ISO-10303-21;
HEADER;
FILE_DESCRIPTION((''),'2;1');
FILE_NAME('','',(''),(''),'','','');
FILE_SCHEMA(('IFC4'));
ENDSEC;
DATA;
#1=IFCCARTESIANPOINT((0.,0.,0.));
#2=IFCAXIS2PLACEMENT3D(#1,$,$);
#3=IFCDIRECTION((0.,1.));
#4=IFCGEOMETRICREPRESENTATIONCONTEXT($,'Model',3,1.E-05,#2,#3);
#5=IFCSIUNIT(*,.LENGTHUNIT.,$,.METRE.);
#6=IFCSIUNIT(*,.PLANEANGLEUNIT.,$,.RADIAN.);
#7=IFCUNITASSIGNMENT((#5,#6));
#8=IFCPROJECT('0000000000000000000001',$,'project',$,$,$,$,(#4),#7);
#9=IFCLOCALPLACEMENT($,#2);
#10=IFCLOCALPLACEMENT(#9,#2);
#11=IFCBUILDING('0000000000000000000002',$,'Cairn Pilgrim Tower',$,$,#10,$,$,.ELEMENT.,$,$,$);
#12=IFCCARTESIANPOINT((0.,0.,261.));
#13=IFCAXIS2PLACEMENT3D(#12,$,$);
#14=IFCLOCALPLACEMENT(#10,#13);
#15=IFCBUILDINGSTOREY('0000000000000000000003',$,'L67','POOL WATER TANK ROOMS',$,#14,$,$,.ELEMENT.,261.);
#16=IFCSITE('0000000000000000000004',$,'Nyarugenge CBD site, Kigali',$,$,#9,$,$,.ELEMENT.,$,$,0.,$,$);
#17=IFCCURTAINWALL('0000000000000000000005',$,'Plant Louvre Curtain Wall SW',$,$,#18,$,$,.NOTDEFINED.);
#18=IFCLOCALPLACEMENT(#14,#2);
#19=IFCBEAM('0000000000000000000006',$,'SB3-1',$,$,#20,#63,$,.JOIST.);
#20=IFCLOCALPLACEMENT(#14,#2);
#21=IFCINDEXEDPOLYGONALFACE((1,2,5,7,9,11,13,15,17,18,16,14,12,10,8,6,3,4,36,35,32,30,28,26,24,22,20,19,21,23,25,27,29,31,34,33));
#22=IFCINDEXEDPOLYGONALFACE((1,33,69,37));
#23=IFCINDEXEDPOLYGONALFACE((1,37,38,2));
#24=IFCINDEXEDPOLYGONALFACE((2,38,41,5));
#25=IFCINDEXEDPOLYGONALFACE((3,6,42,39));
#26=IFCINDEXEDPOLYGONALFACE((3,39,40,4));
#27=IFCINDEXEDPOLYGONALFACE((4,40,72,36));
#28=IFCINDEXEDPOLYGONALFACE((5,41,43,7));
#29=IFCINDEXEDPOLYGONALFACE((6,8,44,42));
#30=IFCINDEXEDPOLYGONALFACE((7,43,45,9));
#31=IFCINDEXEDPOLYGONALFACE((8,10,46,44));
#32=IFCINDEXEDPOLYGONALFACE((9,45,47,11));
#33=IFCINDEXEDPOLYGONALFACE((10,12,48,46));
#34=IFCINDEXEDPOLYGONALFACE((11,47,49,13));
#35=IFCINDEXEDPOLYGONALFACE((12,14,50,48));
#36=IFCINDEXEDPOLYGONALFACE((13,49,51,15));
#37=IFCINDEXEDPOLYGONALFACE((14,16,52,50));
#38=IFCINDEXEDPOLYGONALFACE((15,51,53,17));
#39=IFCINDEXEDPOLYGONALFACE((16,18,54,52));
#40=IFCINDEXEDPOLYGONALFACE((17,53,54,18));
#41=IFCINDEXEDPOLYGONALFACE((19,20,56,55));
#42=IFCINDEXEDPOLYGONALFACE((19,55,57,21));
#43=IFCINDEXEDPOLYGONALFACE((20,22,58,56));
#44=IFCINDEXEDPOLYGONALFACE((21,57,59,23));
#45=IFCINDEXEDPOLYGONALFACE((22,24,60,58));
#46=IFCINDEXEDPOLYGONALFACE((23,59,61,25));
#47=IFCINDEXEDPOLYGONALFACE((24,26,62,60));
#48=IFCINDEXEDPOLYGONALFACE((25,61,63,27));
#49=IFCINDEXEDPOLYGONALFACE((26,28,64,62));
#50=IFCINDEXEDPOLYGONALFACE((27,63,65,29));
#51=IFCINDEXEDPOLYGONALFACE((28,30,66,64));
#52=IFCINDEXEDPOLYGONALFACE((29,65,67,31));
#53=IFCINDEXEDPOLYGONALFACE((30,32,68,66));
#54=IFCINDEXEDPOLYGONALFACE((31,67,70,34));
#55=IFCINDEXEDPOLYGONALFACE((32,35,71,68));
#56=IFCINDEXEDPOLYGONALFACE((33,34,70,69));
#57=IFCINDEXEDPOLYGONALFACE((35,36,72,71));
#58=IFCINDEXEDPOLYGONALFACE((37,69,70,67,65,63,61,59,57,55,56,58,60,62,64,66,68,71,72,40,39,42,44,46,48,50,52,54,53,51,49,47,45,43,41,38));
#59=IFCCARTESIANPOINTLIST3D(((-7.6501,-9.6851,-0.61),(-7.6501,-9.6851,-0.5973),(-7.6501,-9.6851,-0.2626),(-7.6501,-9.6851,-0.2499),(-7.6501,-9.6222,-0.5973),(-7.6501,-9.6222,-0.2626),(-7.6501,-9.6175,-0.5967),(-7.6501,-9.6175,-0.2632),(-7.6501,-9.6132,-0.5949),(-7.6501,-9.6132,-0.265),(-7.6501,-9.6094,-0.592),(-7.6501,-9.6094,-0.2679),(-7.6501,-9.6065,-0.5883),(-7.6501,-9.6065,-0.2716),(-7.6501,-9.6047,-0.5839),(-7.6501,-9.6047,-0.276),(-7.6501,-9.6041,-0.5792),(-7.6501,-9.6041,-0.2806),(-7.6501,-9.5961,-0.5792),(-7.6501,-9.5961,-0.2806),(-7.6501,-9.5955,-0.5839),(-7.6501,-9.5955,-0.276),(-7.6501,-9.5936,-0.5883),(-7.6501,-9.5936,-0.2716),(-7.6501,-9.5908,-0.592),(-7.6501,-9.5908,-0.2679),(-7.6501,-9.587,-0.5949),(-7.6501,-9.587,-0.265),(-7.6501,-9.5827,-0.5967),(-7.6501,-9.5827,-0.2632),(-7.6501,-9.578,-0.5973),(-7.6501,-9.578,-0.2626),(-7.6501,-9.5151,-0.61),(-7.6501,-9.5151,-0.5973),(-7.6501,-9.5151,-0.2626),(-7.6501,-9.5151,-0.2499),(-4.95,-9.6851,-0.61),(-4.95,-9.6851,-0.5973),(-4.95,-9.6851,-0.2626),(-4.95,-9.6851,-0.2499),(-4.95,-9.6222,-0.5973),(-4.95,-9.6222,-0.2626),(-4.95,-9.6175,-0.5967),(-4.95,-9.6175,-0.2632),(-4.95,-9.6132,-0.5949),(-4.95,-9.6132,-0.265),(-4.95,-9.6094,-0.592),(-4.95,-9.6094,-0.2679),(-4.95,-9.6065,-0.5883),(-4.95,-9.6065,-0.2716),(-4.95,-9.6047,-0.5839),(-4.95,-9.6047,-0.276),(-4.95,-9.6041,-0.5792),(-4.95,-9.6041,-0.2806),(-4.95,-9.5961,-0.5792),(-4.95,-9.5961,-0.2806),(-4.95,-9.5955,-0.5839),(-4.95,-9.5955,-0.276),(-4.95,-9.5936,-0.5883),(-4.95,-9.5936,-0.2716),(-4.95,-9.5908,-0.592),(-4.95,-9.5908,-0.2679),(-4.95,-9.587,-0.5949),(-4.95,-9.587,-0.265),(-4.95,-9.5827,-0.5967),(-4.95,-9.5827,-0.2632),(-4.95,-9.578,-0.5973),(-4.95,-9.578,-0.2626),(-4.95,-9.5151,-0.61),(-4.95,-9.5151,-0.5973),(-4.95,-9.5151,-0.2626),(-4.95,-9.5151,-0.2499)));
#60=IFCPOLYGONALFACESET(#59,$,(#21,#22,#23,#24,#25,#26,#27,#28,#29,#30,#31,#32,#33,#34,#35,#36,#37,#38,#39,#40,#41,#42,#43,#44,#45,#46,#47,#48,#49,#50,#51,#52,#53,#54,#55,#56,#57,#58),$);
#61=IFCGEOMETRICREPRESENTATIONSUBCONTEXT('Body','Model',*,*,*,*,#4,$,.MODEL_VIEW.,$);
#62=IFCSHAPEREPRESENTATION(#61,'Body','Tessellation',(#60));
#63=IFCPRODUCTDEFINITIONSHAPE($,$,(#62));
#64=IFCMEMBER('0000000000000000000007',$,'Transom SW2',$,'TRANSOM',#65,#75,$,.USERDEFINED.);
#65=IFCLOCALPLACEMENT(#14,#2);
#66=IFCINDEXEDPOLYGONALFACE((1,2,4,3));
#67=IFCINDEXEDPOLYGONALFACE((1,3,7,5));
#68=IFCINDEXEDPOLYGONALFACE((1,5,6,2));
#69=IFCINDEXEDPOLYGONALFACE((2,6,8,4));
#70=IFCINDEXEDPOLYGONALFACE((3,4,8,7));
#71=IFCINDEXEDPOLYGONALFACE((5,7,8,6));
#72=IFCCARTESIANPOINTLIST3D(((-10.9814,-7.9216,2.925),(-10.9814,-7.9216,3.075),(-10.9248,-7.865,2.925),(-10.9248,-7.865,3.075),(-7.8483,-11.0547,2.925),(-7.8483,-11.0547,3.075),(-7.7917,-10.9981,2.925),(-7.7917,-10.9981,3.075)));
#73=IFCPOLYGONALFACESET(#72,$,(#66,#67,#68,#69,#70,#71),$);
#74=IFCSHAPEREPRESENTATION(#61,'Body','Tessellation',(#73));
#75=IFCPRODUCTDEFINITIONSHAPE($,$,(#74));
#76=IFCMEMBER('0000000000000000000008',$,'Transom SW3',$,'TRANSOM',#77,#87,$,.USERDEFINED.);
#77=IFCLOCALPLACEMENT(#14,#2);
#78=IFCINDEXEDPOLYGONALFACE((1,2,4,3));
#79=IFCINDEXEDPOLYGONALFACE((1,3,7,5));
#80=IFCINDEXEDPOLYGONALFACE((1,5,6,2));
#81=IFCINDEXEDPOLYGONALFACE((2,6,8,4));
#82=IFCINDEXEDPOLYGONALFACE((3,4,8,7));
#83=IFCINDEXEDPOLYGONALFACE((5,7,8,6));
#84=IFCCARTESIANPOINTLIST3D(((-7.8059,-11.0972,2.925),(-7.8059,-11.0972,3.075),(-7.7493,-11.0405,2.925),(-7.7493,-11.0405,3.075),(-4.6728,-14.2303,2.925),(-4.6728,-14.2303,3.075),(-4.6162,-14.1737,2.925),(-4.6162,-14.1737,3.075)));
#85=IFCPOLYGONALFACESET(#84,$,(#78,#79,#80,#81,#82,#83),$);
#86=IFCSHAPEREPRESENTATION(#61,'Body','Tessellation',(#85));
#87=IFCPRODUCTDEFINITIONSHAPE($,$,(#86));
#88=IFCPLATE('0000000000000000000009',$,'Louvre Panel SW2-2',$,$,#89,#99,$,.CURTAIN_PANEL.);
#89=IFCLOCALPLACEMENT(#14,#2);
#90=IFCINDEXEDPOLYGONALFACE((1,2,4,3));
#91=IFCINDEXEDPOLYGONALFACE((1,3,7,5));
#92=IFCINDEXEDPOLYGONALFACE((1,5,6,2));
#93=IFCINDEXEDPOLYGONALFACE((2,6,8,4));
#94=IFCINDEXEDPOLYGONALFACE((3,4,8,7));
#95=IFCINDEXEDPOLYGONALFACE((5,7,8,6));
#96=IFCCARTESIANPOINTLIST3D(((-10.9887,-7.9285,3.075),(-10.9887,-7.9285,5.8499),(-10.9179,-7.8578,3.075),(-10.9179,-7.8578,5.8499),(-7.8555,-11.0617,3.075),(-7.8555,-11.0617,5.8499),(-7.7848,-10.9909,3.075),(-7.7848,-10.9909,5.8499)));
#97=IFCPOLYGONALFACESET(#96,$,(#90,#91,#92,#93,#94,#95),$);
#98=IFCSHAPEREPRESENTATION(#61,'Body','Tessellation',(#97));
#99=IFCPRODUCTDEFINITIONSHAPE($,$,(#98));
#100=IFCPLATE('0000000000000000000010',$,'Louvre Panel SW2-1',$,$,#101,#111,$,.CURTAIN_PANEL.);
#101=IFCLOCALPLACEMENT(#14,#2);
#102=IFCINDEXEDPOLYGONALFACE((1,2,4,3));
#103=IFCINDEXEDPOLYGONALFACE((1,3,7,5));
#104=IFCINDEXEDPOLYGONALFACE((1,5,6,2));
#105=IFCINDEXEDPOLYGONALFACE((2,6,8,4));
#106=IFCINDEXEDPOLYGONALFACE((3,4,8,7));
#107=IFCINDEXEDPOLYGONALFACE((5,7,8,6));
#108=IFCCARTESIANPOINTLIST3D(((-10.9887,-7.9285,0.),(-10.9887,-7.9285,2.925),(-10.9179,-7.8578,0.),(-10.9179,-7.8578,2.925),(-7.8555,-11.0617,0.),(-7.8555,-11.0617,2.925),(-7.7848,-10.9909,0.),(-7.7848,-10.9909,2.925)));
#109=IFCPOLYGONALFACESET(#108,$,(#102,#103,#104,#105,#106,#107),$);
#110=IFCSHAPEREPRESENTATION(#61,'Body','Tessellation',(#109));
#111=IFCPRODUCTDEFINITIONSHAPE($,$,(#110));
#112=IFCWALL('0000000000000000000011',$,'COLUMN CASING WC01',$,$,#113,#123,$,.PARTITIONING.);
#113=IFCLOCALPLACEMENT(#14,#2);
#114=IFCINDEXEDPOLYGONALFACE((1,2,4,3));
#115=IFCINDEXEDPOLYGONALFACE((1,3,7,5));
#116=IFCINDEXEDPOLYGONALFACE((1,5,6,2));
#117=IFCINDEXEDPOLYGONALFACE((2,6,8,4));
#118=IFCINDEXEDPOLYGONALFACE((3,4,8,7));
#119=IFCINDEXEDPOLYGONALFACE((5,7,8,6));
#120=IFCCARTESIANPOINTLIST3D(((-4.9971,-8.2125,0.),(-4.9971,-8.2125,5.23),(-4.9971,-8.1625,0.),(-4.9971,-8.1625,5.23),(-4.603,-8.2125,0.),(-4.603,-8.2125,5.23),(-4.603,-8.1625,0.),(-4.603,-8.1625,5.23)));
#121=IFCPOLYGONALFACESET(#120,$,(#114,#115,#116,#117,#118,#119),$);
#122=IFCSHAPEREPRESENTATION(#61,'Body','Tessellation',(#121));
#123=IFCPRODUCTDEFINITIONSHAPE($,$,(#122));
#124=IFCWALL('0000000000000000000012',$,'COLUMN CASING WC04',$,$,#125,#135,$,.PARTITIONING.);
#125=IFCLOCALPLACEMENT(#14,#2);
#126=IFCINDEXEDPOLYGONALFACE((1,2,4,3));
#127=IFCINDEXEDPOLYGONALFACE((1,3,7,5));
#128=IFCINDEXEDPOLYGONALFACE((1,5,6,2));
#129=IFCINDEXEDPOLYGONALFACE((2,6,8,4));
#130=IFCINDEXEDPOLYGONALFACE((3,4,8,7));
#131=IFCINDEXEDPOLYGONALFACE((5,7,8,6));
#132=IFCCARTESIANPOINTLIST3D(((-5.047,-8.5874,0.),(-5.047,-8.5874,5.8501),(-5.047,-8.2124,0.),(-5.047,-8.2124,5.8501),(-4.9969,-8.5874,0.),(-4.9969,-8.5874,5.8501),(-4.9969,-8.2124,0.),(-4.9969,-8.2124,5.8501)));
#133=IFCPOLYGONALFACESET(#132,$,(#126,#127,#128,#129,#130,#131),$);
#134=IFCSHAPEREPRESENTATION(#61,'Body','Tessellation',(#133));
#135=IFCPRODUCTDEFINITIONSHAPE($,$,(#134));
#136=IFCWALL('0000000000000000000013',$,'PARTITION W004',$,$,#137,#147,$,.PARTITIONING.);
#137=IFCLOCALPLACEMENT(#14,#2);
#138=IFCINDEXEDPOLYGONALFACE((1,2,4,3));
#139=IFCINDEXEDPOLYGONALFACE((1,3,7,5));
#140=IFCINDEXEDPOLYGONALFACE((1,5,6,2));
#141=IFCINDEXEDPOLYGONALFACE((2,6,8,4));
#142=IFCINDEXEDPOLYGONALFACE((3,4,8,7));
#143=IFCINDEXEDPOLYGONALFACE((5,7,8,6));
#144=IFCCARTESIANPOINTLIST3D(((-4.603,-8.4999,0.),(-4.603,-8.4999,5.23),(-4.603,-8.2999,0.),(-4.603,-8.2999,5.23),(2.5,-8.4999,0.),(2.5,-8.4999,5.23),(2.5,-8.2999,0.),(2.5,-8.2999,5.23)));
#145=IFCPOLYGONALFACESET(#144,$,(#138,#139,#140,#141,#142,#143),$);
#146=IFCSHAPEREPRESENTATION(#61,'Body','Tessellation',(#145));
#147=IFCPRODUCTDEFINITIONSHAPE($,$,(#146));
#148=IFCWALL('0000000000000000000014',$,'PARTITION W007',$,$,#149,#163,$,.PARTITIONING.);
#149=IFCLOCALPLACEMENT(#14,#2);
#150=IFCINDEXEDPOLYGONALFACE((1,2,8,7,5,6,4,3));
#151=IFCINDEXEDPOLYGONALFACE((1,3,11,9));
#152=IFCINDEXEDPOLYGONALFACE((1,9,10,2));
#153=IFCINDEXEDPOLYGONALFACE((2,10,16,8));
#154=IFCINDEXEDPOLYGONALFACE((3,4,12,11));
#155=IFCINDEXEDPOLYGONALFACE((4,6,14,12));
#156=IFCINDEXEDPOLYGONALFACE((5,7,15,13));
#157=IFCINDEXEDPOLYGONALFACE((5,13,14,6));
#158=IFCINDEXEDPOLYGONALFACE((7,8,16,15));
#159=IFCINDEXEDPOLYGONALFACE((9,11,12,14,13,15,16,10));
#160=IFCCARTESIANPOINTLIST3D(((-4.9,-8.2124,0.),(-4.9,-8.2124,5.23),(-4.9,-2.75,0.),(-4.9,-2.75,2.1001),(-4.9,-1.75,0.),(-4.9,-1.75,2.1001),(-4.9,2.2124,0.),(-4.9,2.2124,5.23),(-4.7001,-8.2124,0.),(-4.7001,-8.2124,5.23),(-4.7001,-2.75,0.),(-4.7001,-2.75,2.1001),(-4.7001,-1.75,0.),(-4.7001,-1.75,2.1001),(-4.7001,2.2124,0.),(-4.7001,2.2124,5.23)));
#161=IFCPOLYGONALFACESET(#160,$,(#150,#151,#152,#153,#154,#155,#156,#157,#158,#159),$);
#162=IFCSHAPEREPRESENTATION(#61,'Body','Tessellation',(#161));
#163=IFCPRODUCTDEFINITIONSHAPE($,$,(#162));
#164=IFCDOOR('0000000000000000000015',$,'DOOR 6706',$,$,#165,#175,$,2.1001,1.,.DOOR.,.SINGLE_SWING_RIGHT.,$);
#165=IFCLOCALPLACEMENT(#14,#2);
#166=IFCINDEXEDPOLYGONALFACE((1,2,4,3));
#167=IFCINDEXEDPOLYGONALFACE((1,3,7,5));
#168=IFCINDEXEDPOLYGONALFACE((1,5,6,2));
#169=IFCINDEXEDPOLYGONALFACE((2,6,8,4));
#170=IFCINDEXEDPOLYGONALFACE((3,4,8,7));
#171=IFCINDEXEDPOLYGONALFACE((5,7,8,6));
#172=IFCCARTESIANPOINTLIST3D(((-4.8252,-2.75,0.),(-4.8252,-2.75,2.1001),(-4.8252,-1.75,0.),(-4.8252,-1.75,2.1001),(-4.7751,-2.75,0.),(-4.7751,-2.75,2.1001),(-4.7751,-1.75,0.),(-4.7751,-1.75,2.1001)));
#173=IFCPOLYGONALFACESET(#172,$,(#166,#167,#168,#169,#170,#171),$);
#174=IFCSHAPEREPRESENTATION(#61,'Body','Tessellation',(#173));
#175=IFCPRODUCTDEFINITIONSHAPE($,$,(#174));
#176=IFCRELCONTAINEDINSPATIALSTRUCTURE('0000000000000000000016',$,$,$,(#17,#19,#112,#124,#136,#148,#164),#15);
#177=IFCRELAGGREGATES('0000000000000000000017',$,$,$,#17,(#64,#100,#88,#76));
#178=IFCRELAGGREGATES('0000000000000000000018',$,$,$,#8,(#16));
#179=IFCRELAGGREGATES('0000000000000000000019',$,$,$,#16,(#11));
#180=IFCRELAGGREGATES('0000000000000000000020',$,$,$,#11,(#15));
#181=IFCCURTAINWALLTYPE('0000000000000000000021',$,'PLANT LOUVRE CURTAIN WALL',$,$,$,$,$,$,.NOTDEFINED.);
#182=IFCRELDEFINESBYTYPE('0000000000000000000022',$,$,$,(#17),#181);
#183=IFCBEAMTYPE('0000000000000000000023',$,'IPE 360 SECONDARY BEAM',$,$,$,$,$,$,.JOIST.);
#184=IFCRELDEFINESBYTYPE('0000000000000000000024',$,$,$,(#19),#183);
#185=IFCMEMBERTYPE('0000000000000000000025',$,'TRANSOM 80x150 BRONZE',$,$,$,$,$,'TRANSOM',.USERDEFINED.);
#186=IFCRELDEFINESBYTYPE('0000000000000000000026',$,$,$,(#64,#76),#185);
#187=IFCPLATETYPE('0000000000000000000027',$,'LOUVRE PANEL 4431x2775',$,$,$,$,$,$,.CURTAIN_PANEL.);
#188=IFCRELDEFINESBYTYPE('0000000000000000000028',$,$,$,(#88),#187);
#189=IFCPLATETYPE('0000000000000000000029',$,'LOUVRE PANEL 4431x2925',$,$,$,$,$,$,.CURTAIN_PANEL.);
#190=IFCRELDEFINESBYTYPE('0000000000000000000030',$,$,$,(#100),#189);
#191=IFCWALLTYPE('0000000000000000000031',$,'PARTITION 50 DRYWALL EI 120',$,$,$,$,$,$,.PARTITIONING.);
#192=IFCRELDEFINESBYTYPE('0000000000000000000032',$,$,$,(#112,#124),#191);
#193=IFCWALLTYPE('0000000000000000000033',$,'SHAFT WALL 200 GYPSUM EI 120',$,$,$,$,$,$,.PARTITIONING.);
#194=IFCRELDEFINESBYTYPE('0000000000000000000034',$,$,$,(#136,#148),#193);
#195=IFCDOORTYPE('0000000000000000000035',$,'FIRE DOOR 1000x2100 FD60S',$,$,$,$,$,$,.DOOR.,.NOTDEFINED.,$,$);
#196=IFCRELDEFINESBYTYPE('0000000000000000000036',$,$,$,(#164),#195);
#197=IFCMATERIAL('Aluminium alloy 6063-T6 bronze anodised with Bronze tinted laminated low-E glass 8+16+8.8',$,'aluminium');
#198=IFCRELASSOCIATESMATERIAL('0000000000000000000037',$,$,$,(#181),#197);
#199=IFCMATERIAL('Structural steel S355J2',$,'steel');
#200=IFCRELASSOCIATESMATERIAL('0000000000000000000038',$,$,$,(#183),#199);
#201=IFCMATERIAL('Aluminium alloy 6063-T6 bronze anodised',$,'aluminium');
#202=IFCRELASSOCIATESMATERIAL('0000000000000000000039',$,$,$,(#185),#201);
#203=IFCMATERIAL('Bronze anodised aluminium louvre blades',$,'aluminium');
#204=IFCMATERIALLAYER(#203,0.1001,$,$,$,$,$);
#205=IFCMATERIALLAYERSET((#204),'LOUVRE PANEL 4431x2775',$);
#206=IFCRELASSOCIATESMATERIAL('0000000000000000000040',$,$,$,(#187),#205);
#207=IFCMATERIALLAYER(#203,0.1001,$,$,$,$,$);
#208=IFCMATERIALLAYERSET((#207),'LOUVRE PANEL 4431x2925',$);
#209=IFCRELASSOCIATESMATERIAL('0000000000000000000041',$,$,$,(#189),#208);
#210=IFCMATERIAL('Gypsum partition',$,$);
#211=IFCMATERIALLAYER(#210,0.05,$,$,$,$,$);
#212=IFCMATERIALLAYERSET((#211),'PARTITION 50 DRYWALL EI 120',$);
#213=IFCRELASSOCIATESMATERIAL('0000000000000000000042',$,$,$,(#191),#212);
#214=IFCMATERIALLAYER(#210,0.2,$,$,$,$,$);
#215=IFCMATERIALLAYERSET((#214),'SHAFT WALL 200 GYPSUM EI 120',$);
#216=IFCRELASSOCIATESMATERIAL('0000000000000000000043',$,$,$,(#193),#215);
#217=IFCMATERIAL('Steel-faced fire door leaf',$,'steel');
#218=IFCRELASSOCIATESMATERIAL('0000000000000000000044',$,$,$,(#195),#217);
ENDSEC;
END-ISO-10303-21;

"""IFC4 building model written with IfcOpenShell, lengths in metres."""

from ifc_helpers import new_model, si_unit, direction, frame, frame_2d, origin, origin_2d, place, context, subcontext, project, spatial, rectangle, i_section, extrude, material, layer, layer_set, material_profile, profile_set, type_object, element, fill, aggregate, save


model = new_model("IFC4")

# Units and contexts
model_context = context("Model", 3, precision=1e-05, world=origin(), true_north=direction((0.0, 1.0)))
body_context = subcontext(model_context, "Body", "Model", "MODEL_VIEW")
ifc_project = project(units=[si_unit("LENGTHUNIT", "METRE"), si_unit("PLANEANGLEUNIT", "RADIAN")], contexts=[model_context])

# Site, building, storey
site_placement = place(None, origin())
site = spatial("IfcSite", under=ifc_project, at=site_placement, Name="Nyarugenge CBD site, Kigali", CompositionType="ELEMENT", RefElevation=0.0)
building_placement = place(site_placement, origin())
building = spatial("IfcBuilding", under=site, at=building_placement, Name="Cairn Pilgrim Tower", CompositionType="ELEMENT")
storey_placement = place(building_placement, frame((0.0, 0.0, 261.0)))
storey = spatial("IfcBuildingStorey", under=building, at=storey_placement, Name="L67", Description="POOL WATER TANK ROOMS", CompositionType="ELEMENT", Elevation=261.0)

# Shared definitions
ifc_material_1 = material(Name="Structural steel S355J2", Category="steel")

# Curtain wall
ifc_material_2 = material(Name="Aluminium alloy 6063-T6 bronze anodised with Bronze tinted laminated low-E glass 8+16+8.8", Category="aluminium")
curtain_wall_type = type_object("IfcCurtainWallType", Name="PLANT LOUVRE CURTAIN WALL", PredefinedType="NOTDEFINED", material=ifc_material_2)
curtain_wall_placement = place(storey_placement, origin())
curtain_wall = element("IfcCurtainWall", 1, at=curtain_wall_placement, inside=storey, type_object=curtain_wall_type, Name="Plant Louvre Curtain Wall SW", PredefinedType="NOTDEFINED")
ifc_material_3 = material(Name="Aluminium alloy 6063-T6 bronze anodised", Category="aluminium")

# Beam
ifc_material_profile_1 = material_profile(ifc_material_1, i_section(OverallWidth=0.1699, OverallDepth=0.3601, WebThickness=0.0081, FlangeThickness=0.0127, FilletRadius=0.0181, at=origin_2d()), Name="IPE 360")
ifc_profile_set_1 = profile_set([ifc_material_profile_1], Name="Structural steel S355J2")
beam_type_1 = type_object("IfcBeamType", Name="IPE 360 SECONDARY BEAM", PredefinedType="JOIST", material=ifc_profile_set_1)
beam_1_placement = place(storey_placement, frame((-7.6501, -9.6001, -0.4299), z_axis=(1.0, 0.0, 0.0), x_axis=(0.0, 1.0, 0.0)))
element("IfcBeam", 2, at=beam_1_placement, inside=storey, type_object=beam_type_1, Name="SB3-1", PredefinedType="JOIST", context=body_context, shape_type="SweptSolid", body=[
    extrude(i_section(OverallWidth=0.1699, OverallDepth=0.3601, WebThickness=0.0081, FlangeThickness=0.0127, FilletRadius=0.0181, at=origin_2d()), origin(), (0.0, 0.0, 1.0), 2.7002),
])

# Members
ifc_material_profile_2 = material_profile(ifc_material_3, rectangle(XDim=0.0801, YDim=0.1499, at=origin_2d()), Name="TRANSOM 80x150 BRONZE")
ifc_profile_set_2 = profile_set([ifc_material_profile_2], Name="Aluminium alloy 6063-T6 bronze anodised")
member_type_1 = type_object("IfcMemberType", Name="TRANSOM 80x150 BRONZE", ElementType="TRANSOM", PredefinedType="USERDEFINED", material=ifc_profile_set_2)
member_1_placement = place(storey_placement, frame((-10.9531, -7.8933, 3.0), z_axis=(0.707107, -0.707107, 0.0), x_axis=(0.707107, 0.707107, 0.0)))
member_1 = element("IfcMember", 3, at=member_1_placement, type_object=member_type_1, Name="Transom SW2", ObjectType="TRANSOM", PredefinedType="USERDEFINED", context=body_context, shape_type="SweptSolid", body=[
    extrude(rectangle(XDim=0.0801, YDim=0.1499, at=origin_2d()), origin(), (0.0, 0.0, 1.0), 4.4309),
])
member_2_placement = place(storey_placement, frame((-7.7776, -11.0688, 3.0), z_axis=(0.707107, -0.707107, 0.0), x_axis=(0.707107, 0.707107, 0.0)))
member_2 = element("IfcMember", 4, at=member_2_placement, type_object=member_type_1, Name="Transom SW3", ObjectType="TRANSOM", PredefinedType="USERDEFINED", context=body_context, shape_type="SweptSolid", body=[
    extrude(rectangle(XDim=0.0801, YDim=0.1499, at=origin_2d()), origin(), (0.0, 0.0, 1.0), 4.4309),
])

# Plates
ifc_material_4 = material(Name="Bronze anodised aluminium louvre blades", Category="aluminium")
ifc_layer_1 = layer(ifc_material_4, 0.1001)
ifc_layer_set_1 = layer_set([ifc_layer_1], Name="LOUVRE PANEL 4431x2775")
plate_type_1 = type_object("IfcPlateType", Name="LOUVRE PANEL 4431x2775", PredefinedType="CURTAIN_PANEL", material=ifc_layer_set_1)
plate_1_placement = place(storey_placement, frame((-9.3867, -9.4597, 3.075), z_axis=(0.0, 0.0, 1.0), x_axis=(0.707107, -0.707107, 0.0)))
plate_1 = element("IfcPlate", 5, at=plate_1_placement, type_object=plate_type_1, Name="Louvre Panel SW2-2", PredefinedType="CURTAIN_PANEL", context=body_context, shape_type="SweptSolid", body=[
    extrude(rectangle(XDim=4.4309, YDim=0.1001, at=origin_2d()), origin(), (0.0, 0.0, 1.0), 2.7749),
])
ifc_layer_2 = layer(ifc_material_4, 0.1001)
ifc_layer_set_2 = layer_set([ifc_layer_2], Name="LOUVRE PANEL 4431x2925")
plate_type_2 = type_object("IfcPlateType", Name="LOUVRE PANEL 4431x2925", PredefinedType="CURTAIN_PANEL", material=ifc_layer_set_2)
plate_2_placement = place(storey_placement, frame((-9.3867, -9.4597, 0.0), z_axis=(0.0, 0.0, 1.0), x_axis=(0.707107, -0.707107, 0.0)))
plate_2 = element("IfcPlate", 6, at=plate_2_placement, type_object=plate_type_2, Name="Louvre Panel SW2-1", PredefinedType="CURTAIN_PANEL", context=body_context, shape_type="SweptSolid", body=[
    extrude(rectangle(XDim=4.4309, YDim=0.1001, at=origin_2d()), origin(), (0.0, 0.0, 1.0), 2.925),
])
aggregate(curtain_wall, [member_1, plate_2, plate_1, member_2])

# Walls
ifc_material_5 = material(Name="Gypsum partition")
ifc_layer_3 = layer(ifc_material_5, 0.05)
ifc_layer_set_3 = layer_set([ifc_layer_3], Name="PARTITION 50 DRYWALL EI 120")
wall_type_1 = type_object("IfcWallType", Name="PARTITION 50 DRYWALL EI 120", PredefinedType="PARTITIONING", material=ifc_layer_set_3)
wall_1_placement = place(storey_placement, frame((-4.9971, -8.1875, 0.0), z_axis=(0.0, 0.0, 1.0), x_axis=(1.0, 0.0, 0.0)))
element("IfcWall", 7, at=wall_1_placement, inside=storey, type_object=wall_type_1, Name="COLUMN CASING WC01", PredefinedType="PARTITIONING", context=body_context, shape_type="SweptSolid", body=[
    extrude(rectangle(XDim=0.394, YDim=0.05, at=frame_2d((0.197, 0.0))), origin(), (0.0, 0.0, 1.0), 5.23),
])
wall_2_placement = place(storey_placement, frame((-5.022, -8.5874, 0.0), z_axis=(0.0, 0.0, 1.0), x_axis=(0.0, 1.0, 0.0)))
element("IfcWall", 8, at=wall_2_placement, inside=storey, type_object=wall_type_1, Name="COLUMN CASING WC04", PredefinedType="PARTITIONING", context=body_context, shape_type="SweptSolid", body=[
    extrude(rectangle(XDim=0.375, YDim=0.05, at=frame_2d((0.1875, 0.0))), origin(), (0.0, 0.0, 1.0), 5.8501),
])
ifc_layer_4 = layer(ifc_material_5, 0.2)
ifc_layer_set_4 = layer_set([ifc_layer_4], Name="SHAFT WALL 200 GYPSUM EI 120")
wall_type_2 = type_object("IfcWallType", Name="SHAFT WALL 200 GYPSUM EI 120", PredefinedType="PARTITIONING", material=ifc_layer_set_4)
wall_3_placement = place(storey_placement, frame((-4.603, -8.3999, 0.0), z_axis=(0.0, 0.0, 1.0), x_axis=(1.0, 0.0, 0.0)))
element("IfcWall", 9, at=wall_3_placement, inside=storey, type_object=wall_type_2, Name="PARTITION W004", PredefinedType="PARTITIONING", context=body_context, shape_type="SweptSolid", body=[
    extrude(rectangle(XDim=7.103, YDim=0.2, at=frame_2d((3.5515, 0.0))), origin(), (0.0, 0.0, 1.0), 5.23),
])

# Wall, opening, door
wall_4_placement = place(storey_placement, frame((-4.8, -8.2124, 0.0), z_axis=(0.0, 0.0, 1.0), x_axis=(0.0, 1.0, 0.0)))
wall_4 = element("IfcWall", 10, at=wall_4_placement, inside=storey, type_object=wall_type_2, Name="PARTITION W007", PredefinedType="PARTITIONING", context=body_context, shape_type="SweptSolid", body=[
    extrude(rectangle(XDim=10.4248, YDim=0.2, at=frame_2d((5.2124, 0.0))), origin(), (0.0, 0.0, 1.0), 5.23),
])
opening_placement = place(wall_4_placement, frame((5.4624, 0.0, 0.0)))
opening = element("IfcOpeningElement", 11, at=opening_placement, cuts=wall_4, PredefinedType="OPENING", context=body_context, shape_type="SweptSolid", body=[
    extrude(rectangle(XDim=1.0, YDim=2.1001, at=frame_2d((0.5, 1.05))), frame((0.0, 0.1099, 0.0), z_axis=(0.0, -1.0, 0.0), x_axis=(1.0, 0.0, 0.0)), (0.0, 0.0, 1.0), 0.22),
])
ifc_material_6 = material(Name="Steel-faced fire door leaf", Category="steel")
door_type = type_object("IfcDoorType", Name="FIRE DOOR 1000x2100 FD60S", OperationType="NOTDEFINED", PredefinedType="DOOR", material=ifc_material_6)
door_placement = place(opening_placement, frame((1.0, 0.0, 0.0), z_axis=(0.0, 0.0, 1.0), x_axis=(-1.0, 0.0, 0.0)))
door = element("IfcDoor", 12, at=door_placement, inside=storey, type_object=door_type, Name="DOOR 6706", OperationType="SINGLE_SWING_RIGHT", OverallHeight=2.1001, OverallWidth=1.0, PredefinedType="DOOR", context=body_context, shape_type="SweptSolid", body=[
    extrude(rectangle(XDim=1.0, YDim=2.1001, at=frame_2d((0.5, 1.05))), frame((0.0, 0.0249, 0.0), z_axis=(0.0, -1.0, 0.0), x_axis=(1.0, 0.0, 0.0)), (0.0, 0.0, 1.0), 0.05),
])
fill(opening, door)

save(model, "model.ifc")
